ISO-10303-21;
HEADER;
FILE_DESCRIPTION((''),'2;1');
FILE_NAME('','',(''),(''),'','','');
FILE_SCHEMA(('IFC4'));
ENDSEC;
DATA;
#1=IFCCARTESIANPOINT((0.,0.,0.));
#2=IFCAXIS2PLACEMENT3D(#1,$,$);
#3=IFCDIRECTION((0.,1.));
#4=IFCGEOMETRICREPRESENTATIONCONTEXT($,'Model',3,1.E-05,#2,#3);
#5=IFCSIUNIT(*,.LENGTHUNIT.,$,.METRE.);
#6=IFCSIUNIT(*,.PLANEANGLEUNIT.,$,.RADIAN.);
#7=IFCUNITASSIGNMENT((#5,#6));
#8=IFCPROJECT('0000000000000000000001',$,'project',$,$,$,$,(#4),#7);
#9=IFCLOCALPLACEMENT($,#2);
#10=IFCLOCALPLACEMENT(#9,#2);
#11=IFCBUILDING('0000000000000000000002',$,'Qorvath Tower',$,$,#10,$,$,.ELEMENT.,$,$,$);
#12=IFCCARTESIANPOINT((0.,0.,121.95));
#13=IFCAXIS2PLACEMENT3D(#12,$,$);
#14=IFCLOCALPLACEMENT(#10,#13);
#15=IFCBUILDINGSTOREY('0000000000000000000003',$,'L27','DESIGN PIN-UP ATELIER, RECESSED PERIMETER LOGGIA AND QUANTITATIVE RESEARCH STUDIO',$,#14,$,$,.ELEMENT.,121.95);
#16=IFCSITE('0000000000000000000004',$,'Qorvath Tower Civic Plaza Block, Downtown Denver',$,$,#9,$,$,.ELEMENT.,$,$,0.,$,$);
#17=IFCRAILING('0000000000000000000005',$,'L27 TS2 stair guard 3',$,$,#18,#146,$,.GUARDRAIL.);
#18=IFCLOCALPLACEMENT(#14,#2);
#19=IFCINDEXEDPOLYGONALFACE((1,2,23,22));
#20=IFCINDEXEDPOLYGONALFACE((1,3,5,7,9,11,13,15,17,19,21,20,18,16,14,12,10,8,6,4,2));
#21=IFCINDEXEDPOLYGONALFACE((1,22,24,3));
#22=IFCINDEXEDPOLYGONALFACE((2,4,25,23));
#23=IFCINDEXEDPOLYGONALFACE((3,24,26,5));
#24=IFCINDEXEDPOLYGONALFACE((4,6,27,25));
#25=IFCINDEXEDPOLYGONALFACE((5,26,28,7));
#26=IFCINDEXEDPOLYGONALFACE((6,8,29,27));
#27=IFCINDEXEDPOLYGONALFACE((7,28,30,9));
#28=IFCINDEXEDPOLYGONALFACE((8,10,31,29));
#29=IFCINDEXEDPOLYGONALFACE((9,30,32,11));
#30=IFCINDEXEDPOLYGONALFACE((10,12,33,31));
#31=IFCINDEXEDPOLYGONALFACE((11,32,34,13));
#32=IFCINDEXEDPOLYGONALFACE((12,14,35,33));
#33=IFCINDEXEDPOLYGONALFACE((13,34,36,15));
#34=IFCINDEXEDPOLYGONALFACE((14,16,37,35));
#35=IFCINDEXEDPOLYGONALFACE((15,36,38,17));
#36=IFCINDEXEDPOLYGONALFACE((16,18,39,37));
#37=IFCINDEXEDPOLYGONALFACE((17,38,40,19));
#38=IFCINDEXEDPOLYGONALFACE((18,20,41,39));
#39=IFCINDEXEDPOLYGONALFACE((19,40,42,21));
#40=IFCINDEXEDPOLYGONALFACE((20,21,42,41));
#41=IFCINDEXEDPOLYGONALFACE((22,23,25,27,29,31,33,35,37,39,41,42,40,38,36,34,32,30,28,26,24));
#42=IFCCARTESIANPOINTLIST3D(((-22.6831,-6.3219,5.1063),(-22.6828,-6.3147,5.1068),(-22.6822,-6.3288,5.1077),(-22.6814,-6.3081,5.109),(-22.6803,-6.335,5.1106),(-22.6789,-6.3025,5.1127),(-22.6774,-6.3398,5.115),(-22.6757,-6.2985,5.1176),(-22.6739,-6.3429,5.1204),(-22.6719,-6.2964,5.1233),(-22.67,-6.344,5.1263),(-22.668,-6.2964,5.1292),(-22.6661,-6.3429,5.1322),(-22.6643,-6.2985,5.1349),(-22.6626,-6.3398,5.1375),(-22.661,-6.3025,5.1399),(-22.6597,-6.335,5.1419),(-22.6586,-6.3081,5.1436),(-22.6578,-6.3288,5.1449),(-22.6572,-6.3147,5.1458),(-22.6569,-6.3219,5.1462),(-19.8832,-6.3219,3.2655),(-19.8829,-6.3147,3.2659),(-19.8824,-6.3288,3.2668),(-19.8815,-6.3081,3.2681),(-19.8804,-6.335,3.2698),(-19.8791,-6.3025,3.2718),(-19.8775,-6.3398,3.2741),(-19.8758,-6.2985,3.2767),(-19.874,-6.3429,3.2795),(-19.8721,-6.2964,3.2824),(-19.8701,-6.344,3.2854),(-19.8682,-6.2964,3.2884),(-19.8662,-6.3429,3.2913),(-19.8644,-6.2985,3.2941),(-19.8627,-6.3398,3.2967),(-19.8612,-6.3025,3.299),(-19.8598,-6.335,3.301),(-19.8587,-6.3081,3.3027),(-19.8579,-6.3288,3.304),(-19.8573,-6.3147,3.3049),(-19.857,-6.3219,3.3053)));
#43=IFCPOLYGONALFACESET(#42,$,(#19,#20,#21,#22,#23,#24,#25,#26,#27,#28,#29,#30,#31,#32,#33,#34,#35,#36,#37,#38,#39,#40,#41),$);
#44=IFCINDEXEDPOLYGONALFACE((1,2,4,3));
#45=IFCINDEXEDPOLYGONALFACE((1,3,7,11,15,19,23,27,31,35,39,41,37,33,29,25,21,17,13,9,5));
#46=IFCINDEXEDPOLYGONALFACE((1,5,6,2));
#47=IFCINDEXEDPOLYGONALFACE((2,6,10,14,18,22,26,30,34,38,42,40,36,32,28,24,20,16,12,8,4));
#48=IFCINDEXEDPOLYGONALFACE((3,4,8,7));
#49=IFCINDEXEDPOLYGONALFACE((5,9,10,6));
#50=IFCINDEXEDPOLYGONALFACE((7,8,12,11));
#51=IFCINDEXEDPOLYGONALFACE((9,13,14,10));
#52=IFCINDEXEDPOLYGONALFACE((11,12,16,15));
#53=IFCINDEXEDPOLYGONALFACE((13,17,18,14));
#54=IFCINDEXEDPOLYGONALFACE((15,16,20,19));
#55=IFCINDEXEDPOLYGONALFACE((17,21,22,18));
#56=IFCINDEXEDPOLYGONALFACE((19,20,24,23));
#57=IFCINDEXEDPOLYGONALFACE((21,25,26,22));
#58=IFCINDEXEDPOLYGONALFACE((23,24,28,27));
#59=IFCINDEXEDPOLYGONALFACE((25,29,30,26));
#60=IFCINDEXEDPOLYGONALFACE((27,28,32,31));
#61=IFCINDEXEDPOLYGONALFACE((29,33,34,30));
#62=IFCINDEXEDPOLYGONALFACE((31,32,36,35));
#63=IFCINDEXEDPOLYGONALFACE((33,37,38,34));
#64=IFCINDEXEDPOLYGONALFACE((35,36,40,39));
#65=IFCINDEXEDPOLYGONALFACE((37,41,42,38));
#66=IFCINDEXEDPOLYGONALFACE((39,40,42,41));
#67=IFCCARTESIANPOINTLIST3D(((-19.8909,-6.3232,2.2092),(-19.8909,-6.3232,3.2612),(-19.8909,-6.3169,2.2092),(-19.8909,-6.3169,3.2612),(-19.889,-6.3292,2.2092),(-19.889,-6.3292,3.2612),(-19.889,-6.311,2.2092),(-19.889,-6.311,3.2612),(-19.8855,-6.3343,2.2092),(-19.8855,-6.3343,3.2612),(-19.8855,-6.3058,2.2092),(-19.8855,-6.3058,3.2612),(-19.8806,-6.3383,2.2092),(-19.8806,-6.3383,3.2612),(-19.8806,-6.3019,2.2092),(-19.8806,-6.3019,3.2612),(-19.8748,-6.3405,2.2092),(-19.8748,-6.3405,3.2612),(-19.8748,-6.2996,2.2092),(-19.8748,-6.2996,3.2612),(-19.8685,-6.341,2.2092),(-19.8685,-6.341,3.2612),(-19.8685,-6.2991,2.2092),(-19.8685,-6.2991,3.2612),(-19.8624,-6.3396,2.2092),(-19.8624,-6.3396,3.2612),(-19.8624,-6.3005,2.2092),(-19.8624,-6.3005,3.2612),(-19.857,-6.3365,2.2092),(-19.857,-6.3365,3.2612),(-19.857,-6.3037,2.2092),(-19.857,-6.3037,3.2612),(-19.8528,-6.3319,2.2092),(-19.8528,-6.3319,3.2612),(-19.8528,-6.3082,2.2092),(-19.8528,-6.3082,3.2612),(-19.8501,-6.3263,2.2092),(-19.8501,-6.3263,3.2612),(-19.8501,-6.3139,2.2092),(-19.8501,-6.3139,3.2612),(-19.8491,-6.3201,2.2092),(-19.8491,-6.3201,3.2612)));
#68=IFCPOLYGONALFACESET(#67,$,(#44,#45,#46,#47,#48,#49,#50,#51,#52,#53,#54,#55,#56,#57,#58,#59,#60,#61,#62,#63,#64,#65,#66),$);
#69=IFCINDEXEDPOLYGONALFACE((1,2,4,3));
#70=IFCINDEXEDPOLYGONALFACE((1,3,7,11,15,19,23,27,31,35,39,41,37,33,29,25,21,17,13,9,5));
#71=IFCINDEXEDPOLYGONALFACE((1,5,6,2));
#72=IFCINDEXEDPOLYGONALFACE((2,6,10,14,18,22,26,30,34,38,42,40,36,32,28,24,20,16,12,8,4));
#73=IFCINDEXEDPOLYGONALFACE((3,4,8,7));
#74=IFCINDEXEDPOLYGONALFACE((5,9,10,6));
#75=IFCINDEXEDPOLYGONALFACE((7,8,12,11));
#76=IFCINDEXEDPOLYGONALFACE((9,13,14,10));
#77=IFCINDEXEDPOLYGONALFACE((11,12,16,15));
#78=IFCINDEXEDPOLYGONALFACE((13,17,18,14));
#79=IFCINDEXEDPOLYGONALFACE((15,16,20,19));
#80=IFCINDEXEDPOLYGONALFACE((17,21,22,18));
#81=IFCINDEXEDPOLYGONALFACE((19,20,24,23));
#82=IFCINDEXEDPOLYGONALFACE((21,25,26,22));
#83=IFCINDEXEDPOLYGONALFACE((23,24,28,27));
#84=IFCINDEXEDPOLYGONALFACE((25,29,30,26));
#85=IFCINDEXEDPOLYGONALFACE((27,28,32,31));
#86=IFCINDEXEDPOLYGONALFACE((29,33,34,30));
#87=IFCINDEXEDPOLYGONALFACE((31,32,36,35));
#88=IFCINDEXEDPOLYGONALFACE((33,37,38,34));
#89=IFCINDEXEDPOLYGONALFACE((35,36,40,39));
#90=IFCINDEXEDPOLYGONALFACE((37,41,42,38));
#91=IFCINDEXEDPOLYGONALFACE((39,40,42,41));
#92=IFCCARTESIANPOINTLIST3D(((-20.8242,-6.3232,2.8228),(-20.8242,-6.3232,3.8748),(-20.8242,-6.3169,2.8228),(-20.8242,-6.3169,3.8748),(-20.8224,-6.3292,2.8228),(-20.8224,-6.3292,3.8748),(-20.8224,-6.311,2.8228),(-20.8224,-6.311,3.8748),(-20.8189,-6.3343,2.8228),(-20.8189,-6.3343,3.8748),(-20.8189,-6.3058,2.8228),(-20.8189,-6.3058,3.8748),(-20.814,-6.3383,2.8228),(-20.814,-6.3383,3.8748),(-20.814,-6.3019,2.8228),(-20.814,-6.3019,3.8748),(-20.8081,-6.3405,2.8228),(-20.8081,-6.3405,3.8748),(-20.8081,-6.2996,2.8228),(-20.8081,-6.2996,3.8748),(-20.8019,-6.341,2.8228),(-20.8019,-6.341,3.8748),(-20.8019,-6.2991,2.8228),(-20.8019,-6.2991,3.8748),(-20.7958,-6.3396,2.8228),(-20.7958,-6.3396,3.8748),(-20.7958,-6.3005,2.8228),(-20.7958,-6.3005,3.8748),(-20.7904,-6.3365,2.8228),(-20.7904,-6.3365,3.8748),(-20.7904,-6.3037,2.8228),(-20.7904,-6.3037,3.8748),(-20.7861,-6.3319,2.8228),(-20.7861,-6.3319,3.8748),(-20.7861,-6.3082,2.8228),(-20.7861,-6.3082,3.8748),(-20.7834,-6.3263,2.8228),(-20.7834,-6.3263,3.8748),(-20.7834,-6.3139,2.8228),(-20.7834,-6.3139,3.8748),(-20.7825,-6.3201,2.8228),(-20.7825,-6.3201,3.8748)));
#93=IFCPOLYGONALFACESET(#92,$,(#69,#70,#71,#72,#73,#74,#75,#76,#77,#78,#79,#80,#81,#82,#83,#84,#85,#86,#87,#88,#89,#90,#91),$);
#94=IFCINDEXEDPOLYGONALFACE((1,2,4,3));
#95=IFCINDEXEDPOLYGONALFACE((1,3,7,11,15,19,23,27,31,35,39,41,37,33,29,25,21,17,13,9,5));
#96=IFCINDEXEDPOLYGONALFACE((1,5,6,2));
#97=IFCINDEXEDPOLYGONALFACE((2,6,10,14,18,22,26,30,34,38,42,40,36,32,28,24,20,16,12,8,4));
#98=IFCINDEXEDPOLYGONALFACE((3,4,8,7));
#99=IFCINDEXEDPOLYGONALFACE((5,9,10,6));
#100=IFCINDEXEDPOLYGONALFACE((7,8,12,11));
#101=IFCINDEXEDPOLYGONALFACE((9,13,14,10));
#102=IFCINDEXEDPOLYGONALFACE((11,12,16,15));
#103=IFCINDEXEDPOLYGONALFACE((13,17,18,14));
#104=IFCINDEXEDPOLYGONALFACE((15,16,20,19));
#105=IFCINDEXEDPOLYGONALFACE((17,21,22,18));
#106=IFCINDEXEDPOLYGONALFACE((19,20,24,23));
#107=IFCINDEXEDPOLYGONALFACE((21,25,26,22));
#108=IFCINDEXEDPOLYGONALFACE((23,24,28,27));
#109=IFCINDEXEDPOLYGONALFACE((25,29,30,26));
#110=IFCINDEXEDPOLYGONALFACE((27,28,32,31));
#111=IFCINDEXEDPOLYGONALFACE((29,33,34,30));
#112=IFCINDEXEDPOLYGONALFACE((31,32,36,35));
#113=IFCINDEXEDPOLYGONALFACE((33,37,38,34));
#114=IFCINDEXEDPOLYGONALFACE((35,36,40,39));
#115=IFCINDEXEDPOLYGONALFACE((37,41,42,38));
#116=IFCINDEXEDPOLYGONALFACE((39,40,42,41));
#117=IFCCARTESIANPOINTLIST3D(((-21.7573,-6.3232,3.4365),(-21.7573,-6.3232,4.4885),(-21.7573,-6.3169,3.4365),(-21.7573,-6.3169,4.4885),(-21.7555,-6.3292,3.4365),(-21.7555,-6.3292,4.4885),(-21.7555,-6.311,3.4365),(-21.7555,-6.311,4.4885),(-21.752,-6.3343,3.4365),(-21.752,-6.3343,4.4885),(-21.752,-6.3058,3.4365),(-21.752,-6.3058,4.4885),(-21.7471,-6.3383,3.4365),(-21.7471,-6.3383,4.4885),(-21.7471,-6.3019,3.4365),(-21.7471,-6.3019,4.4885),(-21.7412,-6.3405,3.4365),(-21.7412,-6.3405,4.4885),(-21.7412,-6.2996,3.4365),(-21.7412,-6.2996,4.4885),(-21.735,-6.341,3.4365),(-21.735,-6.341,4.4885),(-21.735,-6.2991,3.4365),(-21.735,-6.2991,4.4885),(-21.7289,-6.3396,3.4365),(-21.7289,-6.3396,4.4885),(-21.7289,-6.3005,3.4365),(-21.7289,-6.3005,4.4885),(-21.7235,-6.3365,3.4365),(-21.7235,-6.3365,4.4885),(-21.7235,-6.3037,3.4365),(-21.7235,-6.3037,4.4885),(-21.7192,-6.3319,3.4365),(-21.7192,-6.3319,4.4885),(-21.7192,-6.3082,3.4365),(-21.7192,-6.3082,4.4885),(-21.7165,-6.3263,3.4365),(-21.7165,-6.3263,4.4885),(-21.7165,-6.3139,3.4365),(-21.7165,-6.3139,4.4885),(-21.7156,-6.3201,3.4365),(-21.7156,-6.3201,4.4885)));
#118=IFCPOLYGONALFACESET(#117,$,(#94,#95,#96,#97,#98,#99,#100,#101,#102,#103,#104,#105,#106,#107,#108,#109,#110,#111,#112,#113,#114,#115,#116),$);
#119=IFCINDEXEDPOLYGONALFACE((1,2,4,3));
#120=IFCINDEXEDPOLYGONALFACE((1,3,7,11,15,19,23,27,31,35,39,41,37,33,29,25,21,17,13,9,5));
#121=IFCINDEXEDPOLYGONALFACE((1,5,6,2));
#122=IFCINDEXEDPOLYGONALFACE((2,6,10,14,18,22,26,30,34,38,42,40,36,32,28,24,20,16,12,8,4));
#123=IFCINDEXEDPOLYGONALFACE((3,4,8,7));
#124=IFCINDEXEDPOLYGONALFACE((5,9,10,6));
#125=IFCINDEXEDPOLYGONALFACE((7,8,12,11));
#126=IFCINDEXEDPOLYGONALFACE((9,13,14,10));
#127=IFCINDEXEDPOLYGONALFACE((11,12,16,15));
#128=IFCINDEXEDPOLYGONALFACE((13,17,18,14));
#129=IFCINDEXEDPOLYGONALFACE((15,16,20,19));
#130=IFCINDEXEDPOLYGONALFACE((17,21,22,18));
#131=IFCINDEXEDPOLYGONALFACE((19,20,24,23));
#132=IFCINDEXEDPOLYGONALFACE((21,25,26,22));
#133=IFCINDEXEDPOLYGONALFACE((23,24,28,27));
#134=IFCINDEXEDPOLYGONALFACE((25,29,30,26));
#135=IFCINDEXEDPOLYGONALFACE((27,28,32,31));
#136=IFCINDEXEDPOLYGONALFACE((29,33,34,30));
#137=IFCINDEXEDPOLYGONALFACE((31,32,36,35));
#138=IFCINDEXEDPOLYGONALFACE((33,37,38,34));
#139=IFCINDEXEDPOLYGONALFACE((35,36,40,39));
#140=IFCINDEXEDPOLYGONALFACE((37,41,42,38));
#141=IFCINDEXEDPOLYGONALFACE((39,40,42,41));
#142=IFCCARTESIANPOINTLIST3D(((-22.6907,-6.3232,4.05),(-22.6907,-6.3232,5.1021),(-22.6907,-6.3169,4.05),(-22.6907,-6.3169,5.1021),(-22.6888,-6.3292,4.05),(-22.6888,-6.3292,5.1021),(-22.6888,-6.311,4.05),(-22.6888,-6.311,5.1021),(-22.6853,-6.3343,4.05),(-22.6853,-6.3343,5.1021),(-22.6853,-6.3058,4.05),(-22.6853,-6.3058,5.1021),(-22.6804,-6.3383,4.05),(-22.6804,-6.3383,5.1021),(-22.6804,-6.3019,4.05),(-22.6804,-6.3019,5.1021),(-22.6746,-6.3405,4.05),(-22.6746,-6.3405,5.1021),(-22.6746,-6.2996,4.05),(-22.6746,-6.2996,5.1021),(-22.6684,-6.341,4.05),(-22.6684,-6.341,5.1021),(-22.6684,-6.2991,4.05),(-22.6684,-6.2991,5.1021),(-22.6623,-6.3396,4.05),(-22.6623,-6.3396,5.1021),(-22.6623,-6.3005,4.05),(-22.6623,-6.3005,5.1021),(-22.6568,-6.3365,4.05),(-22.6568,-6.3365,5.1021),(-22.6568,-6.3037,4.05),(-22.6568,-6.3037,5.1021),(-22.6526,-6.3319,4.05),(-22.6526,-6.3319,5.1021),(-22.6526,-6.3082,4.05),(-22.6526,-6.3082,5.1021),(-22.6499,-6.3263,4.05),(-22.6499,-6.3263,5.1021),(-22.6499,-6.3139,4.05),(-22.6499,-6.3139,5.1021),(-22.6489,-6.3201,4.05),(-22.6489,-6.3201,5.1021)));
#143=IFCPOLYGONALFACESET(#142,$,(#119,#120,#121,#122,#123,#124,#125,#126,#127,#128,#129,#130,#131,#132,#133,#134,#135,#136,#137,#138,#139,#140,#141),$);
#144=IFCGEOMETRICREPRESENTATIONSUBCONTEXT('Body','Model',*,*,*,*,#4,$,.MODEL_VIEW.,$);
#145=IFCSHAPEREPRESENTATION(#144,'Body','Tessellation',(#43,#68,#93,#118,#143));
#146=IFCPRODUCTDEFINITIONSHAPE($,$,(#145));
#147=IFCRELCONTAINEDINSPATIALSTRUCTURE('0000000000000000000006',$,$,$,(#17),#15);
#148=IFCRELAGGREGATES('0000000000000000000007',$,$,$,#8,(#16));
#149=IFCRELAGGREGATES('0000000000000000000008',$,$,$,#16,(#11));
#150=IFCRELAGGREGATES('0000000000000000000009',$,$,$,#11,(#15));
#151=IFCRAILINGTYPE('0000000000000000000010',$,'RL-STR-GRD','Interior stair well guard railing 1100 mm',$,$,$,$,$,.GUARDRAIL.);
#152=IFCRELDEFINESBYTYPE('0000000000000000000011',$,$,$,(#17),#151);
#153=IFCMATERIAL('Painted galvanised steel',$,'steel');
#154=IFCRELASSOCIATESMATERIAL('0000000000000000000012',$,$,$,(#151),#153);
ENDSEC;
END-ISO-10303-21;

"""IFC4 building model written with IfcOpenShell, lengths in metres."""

from ifc_helpers import new_model, si_unit, direction, frame, origin, origin_2d, place, context, subcontext, project, spatial, circle, extrude, material, type_object, element, save


model = new_model("IFC4")

# Units and contexts
model_context = context("Model", 3, precision=1e-05, world=origin(), true_north=direction((0.0, 1.0)))
body_context = subcontext(model_context, "Body", "Model", "MODEL_VIEW")
ifc_project = project(units=[si_unit("LENGTHUNIT", "METRE"), si_unit("PLANEANGLEUNIT", "RADIAN")], contexts=[model_context])

# Site, building, storey
site_placement = place(None, origin())
site = spatial("IfcSite", under=ifc_project, at=site_placement, Name="Qorvath Tower Civic Plaza Block, Downtown Denver", CompositionType="ELEMENT", RefElevation=0.0)
building_placement = place(site_placement, origin())
building = spatial("IfcBuilding", under=site, at=building_placement, Name="Qorvath Tower", CompositionType="ELEMENT")
storey_placement = place(building_placement, frame((0.0, 0.0, 121.95)))
storey = spatial("IfcBuildingStorey", under=building, at=storey_placement, Name="L27", Description="DESIGN PIN-UP ATELIER, RECESSED PERIMETER LOGGIA AND QUANTITATIVE RESEARCH STUDIO", CompositionType="ELEMENT", Elevation=121.95)

# Railing
ifc_material_1 = material(Name="Painted galvanised steel", Category="steel")
railing_type = type_object("IfcRailingType", Name="RL-STR-GRD", Description="Interior stair well guard railing 1100 mm", PredefinedType="GUARDRAIL", material=ifc_material_1)
railing_1_placement = place(storey_placement, frame((-19.8701, -6.3201, 2.2092)))
element("IfcRailing", 1, at=railing_1_placement, inside=storey, type_object=railing_type, Name="L27 TS2 stair guard 3", PredefinedType="GUARDRAIL", context=body_context, shape_type="SweptSolid", body=[
    extrude(circle(Radius=0.0239, at=origin_2d()), frame((0.0, 0.0, 1.0762), z_axis=(-0.835576, 0.0, 0.549376), x_axis=(0.0, -1.0, 0.0)), (0.0, 0.0, 1.0), 3.3508),
    extrude(circle(Radius=0.021, at=origin_2d()), origin(), (0.0, 0.0, 1.0), 1.052),
    extrude(circle(Radius=0.021, at=origin_2d()), frame((-0.9333, 0.0, 0.6135)), (0.0, 0.0, 1.0), 1.052),
    extrude(circle(Radius=0.021, at=origin_2d()), frame((-1.8665, 0.0, 1.2273)), (0.0, 0.0, 1.0), 1.052),
    extrude(circle(Radius=0.021, at=origin_2d()), frame((-2.7998, 0.0, 1.8408)), (0.0, 0.0, 1.0), 1.052),
])

save(model, "model.ifc")
